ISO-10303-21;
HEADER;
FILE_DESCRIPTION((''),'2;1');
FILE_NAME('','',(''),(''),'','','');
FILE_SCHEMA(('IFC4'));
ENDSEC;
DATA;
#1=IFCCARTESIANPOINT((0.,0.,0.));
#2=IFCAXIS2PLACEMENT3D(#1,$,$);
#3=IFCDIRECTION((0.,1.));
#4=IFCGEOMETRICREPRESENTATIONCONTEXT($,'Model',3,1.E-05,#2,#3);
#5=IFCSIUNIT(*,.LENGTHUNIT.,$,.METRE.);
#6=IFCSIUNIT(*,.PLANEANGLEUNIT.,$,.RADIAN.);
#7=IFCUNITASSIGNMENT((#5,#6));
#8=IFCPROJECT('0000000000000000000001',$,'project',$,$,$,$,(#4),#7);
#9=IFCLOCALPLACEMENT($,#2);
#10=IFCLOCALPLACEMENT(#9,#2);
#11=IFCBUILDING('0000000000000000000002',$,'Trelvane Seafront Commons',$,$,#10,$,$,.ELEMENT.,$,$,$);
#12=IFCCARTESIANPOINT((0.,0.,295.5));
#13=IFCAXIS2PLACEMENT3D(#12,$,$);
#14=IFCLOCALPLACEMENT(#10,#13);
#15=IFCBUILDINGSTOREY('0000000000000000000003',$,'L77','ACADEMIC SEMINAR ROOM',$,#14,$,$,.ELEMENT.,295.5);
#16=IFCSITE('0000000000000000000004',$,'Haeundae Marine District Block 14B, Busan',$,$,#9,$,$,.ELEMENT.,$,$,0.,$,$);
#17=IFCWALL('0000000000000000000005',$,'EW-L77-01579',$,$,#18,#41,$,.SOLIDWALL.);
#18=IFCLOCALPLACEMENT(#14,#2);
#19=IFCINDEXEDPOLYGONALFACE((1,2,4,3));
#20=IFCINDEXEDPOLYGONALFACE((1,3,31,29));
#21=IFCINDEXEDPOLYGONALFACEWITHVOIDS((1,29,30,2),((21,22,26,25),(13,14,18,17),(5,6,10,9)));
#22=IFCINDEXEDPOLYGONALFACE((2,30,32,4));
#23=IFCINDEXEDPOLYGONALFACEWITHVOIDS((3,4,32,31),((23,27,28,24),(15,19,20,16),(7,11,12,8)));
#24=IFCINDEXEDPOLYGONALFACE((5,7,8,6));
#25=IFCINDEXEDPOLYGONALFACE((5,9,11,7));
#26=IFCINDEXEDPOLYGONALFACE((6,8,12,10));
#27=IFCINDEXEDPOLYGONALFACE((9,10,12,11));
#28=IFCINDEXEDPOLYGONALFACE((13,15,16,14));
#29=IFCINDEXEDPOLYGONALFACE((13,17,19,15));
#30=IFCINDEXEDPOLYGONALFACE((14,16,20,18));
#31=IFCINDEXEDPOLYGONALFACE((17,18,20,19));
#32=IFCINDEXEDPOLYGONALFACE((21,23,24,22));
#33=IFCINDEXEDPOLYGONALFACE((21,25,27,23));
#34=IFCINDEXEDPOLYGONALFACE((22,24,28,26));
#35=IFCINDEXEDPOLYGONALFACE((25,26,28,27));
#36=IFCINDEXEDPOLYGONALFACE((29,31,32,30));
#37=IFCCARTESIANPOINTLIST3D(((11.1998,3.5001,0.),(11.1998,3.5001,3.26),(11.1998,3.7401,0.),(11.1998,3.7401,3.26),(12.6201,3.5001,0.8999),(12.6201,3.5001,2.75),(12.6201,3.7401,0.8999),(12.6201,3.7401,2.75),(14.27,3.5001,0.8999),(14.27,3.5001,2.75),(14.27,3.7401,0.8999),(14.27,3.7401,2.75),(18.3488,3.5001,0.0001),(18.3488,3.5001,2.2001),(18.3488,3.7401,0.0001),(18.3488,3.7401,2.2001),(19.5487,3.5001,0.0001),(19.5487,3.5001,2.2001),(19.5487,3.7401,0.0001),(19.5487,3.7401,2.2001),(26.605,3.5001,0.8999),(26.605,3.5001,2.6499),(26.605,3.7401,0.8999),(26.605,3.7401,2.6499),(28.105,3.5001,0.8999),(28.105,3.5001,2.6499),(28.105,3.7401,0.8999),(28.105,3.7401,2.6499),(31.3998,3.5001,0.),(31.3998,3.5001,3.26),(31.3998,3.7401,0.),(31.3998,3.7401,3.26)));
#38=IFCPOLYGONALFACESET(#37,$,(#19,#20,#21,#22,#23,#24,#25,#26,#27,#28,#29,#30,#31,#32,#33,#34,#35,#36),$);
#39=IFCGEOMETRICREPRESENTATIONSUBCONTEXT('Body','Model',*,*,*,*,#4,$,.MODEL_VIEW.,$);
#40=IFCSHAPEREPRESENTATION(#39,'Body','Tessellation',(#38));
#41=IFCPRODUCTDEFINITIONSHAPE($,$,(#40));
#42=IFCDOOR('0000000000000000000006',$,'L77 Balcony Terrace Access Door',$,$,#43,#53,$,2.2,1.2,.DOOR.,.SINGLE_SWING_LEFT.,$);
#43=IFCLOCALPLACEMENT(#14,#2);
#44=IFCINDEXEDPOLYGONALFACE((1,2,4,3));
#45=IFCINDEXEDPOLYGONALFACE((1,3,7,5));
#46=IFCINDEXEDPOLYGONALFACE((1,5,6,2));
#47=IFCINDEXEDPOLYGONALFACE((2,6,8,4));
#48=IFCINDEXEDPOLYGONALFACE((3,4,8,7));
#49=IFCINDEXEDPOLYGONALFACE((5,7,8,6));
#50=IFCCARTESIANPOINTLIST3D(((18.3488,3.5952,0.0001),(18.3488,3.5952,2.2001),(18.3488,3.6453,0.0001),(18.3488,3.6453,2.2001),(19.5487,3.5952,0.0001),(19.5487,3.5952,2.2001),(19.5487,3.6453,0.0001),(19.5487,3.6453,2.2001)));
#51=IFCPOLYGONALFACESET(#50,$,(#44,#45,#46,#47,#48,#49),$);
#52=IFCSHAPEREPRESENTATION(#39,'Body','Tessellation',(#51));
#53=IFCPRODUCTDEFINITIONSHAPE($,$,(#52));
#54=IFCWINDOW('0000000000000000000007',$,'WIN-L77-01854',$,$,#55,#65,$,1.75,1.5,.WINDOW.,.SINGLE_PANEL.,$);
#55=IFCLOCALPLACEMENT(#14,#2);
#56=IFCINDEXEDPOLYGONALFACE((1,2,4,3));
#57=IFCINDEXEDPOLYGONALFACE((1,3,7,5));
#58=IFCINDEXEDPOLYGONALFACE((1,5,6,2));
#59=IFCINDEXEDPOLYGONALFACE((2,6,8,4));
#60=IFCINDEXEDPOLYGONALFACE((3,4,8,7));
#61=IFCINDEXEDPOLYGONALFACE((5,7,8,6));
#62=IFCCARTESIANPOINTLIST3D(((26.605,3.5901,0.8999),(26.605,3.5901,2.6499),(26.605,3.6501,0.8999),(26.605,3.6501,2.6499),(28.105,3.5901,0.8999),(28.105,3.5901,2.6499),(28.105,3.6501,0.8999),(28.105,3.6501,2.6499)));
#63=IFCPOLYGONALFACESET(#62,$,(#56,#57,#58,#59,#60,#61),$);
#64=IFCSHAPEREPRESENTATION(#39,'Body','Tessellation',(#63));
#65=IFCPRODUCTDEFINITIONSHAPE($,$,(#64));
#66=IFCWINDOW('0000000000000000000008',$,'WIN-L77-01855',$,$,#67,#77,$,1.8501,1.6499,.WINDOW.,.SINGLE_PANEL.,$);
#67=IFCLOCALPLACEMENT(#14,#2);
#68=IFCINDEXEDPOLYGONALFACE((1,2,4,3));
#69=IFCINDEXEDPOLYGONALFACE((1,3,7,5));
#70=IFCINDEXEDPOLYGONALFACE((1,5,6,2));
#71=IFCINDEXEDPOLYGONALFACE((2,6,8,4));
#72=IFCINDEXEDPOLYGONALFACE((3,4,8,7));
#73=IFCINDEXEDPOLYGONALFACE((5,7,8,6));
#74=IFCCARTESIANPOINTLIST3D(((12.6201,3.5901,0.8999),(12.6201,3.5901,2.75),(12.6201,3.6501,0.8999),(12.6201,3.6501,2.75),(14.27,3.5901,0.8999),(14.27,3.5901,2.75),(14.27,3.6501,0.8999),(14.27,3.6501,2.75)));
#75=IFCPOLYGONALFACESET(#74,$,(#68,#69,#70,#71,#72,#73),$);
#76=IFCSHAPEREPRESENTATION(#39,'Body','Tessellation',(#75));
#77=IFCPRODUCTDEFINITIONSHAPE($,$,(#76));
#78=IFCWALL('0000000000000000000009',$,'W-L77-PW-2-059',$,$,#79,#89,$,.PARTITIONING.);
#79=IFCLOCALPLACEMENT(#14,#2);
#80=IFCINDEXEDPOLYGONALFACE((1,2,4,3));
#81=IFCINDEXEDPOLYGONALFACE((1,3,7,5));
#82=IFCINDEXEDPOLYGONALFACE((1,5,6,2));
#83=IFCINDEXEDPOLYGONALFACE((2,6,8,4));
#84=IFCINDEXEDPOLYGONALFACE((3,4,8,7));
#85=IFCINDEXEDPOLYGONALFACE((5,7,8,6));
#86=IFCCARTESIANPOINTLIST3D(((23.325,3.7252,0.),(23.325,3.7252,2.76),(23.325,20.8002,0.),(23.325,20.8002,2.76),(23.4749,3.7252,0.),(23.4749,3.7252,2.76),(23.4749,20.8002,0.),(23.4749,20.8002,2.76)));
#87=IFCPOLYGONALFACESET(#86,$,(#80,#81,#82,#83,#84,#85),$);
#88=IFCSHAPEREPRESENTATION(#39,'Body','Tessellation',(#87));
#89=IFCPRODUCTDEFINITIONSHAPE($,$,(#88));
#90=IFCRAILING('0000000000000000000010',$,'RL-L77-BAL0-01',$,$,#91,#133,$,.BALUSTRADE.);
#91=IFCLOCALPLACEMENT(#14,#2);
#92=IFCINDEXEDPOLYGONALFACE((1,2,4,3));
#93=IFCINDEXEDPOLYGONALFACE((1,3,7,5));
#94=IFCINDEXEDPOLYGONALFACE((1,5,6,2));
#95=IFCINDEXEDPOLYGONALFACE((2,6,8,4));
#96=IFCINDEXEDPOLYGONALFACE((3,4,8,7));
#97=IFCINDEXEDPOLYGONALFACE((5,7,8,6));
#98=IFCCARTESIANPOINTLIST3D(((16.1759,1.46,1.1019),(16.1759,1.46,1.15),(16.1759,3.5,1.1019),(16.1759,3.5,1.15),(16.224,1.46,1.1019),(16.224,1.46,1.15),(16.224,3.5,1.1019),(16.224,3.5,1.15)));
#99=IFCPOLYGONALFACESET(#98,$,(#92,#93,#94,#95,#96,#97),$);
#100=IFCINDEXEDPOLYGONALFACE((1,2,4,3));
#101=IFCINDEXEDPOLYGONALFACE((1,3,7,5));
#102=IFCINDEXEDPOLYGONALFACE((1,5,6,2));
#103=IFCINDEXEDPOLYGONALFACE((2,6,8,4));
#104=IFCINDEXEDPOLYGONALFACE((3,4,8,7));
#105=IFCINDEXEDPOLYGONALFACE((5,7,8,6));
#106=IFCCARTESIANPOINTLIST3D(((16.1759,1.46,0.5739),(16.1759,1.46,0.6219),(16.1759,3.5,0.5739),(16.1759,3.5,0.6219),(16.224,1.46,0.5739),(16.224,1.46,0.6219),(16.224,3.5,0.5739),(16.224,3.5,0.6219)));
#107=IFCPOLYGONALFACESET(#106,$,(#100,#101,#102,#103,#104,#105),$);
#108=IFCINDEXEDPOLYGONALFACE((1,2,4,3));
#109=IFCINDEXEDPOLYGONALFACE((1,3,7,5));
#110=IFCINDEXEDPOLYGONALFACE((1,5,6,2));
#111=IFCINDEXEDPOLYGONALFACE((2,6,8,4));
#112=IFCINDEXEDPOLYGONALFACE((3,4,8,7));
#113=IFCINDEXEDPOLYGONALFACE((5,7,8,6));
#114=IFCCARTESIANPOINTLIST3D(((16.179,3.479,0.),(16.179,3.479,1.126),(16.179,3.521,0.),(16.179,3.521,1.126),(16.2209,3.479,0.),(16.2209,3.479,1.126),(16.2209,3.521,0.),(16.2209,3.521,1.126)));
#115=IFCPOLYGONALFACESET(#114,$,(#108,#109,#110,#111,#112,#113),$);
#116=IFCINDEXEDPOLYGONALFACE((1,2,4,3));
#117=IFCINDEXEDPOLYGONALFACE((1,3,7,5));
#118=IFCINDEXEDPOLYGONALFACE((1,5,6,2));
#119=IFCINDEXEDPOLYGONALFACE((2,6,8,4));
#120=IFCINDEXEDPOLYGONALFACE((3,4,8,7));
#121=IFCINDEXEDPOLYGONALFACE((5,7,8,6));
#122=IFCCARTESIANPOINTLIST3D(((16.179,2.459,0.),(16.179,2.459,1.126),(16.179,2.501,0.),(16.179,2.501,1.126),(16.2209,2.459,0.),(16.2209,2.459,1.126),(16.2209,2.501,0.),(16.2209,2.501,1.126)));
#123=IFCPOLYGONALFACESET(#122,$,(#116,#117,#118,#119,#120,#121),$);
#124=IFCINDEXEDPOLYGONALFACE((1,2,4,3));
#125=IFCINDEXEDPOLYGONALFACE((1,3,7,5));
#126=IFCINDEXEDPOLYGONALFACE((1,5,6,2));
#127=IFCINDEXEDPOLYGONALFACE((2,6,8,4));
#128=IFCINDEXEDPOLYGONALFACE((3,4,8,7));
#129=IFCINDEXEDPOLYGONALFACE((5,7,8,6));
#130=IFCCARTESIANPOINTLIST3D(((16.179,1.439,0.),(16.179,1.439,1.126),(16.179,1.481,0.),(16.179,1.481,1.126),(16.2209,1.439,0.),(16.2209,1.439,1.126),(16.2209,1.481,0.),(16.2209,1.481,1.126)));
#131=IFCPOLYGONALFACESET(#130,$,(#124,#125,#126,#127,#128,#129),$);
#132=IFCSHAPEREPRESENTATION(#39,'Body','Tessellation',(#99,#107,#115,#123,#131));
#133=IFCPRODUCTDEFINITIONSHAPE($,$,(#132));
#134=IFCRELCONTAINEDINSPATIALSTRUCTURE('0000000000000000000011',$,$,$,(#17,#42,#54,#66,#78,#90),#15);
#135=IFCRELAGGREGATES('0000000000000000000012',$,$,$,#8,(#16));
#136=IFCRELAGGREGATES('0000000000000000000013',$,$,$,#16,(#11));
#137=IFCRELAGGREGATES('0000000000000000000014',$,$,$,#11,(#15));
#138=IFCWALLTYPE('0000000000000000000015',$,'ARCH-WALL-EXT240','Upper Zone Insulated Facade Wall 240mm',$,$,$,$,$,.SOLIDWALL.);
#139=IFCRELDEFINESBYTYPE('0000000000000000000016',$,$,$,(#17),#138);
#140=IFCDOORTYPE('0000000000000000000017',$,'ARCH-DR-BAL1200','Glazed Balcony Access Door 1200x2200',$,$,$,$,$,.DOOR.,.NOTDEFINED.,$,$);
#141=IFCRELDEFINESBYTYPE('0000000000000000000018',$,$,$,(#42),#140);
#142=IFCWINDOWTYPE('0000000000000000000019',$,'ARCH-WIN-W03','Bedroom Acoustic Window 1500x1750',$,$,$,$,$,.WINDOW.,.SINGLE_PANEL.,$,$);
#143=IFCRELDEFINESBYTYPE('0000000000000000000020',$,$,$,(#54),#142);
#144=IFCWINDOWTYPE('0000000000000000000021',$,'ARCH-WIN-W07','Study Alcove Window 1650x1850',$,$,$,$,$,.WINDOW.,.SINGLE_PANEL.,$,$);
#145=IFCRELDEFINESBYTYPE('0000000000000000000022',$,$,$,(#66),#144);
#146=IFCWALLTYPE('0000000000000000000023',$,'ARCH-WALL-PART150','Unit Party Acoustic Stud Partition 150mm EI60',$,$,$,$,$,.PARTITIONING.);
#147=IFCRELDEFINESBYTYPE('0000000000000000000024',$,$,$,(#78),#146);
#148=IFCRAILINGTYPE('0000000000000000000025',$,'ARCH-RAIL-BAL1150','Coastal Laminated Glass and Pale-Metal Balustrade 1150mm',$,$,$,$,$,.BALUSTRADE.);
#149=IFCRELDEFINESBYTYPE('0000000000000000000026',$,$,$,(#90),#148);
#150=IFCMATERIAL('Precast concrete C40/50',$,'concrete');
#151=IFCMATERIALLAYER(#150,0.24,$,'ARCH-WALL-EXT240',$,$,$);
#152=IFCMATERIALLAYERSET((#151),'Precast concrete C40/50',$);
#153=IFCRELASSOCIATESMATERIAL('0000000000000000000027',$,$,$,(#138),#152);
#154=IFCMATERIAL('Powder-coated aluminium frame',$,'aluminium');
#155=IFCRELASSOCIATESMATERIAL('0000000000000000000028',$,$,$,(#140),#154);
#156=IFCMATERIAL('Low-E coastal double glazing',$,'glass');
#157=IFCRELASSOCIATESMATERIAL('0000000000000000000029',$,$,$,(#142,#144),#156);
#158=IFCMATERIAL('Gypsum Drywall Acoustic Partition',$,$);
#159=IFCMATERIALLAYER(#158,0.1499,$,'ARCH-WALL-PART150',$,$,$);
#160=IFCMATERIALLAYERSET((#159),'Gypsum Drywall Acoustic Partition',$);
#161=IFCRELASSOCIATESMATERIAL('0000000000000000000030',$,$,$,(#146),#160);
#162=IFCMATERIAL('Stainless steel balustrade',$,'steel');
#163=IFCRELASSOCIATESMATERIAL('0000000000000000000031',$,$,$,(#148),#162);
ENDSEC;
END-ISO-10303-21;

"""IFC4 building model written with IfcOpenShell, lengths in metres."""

from ifc_helpers import new_model, si_unit, direction, frame, frame_2d, origin, origin_2d, place, context, subcontext, project, spatial, rectangle, extrude, source, transform, mapped, material, layer, layer_set, type_object, element, fill, save


model = new_model("IFC4")

# Units and contexts
model_context = context("Model", 3, precision=1e-05, world=origin(), true_north=direction((0.0, 1.0)))
body_context = subcontext(model_context, "Body", "Model", "MODEL_VIEW")
ifc_project = project(units=[si_unit("LENGTHUNIT", "METRE"), si_unit("PLANEANGLEUNIT", "RADIAN")], contexts=[model_context])

# Site, building, storey
site_placement = place(None, origin())
site = spatial("IfcSite", under=ifc_project, at=site_placement, Name="Haeundae Marine District Block 14B, Busan", CompositionType="ELEMENT", RefElevation=0.0)
building_placement = place(site_placement, origin())
building = spatial("IfcBuilding", under=site, at=building_placement, Name="Trelvane Seafront Commons", CompositionType="ELEMENT")
storey_placement = place(building_placement, frame((0.0, 0.0, 295.5)))
storey = spatial("IfcBuildingStorey", under=building, at=storey_placement, Name="L77", Description="ACADEMIC SEMINAR ROOM", CompositionType="ELEMENT", Elevation=295.5)

# Shared definitions
ifc_material_1 = material(Name="Low-E coastal double glazing", Category="glass")

# Wall, openings, door, windows
ifc_material_2 = material(Name="Precast concrete C40/50", Category="concrete")
ifc_layer_1 = layer(ifc_material_2, 0.24, Name="ARCH-WALL-EXT240")
ifc_layer_set_1 = layer_set([ifc_layer_1], Name="Precast concrete C40/50")
wall_type_1 = type_object("IfcWallType", Name="ARCH-WALL-EXT240", Description="Upper Zone Insulated Facade Wall 240mm", PredefinedType="SOLIDWALL", material=ifc_layer_set_1)
wall_1_placement = place(storey_placement, frame((31.3999, 3.6201, 0.0), z_axis=(0.0, 0.0, 1.0), x_axis=(-1.0, 0.0, 0.0)))
wall_1 = element("IfcWall", 1, at=wall_1_placement, inside=storey, type_object=wall_type_1, Name="EW-L77-01579", PredefinedType="SOLIDWALL", context=body_context, shape_type="SweptSolid", body=[
    extrude(rectangle(XDim=20.2, YDim=0.24, at=frame_2d((10.1001, 0.0))), origin(), (0.0, 0.0, 1.0), 3.26),
])
opening_1_placement = place(wall_1_placement, frame((3.2949, 0.0, 0.8999)))
opening_1 = element("IfcOpeningElement", 2, at=opening_1_placement, cuts=wall_1, PredefinedType="OPENING", context=body_context, shape_type="SweptSolid", body=[
    extrude(rectangle(XDim=1.5, YDim=1.75, at=frame_2d((0.75, 0.875))), frame((0.0, 0.1299, 0.0), z_axis=(0.0, -1.0, 0.0), x_axis=(1.0, 0.0, 0.0)), (0.0, 0.0, 1.0), 0.26),
])
opening_2_placement = place(wall_1_placement, frame((11.8511, 0.0, 0.0)))
opening_2 = element("IfcOpeningElement", 3, at=opening_2_placement, cuts=wall_1, PredefinedType="OPENING", context=body_context, shape_type="SweptSolid", body=[
    extrude(rectangle(XDim=1.2, YDim=2.2, at=frame_2d((0.6001, 1.1001))), frame((0.0, 0.1299, 0.0), z_axis=(0.0, -1.0, 0.0), x_axis=(1.0, 0.0, 0.0)), (0.0, 0.0, 1.0), 0.26),
])
opening_3_placement = place(wall_1_placement, frame((17.1299, 0.0, 0.8999)))
opening_3 = element("IfcOpeningElement", 4, at=opening_3_placement, cuts=wall_1, PredefinedType="OPENING", context=body_context, shape_type="SweptSolid", body=[
    extrude(rectangle(XDim=1.6499, YDim=1.8501, at=frame_2d((0.825, 0.925))), frame((0.0, 0.1299, 0.0), z_axis=(0.0, -1.0, 0.0), x_axis=(1.0, 0.0, 0.0)), (0.0, 0.0, 1.0), 0.26),
])
ifc_material_3 = material(Name="Powder-coated aluminium frame", Category="aluminium")
door_type = type_object("IfcDoorType", Name="ARCH-DR-BAL1200", Description="Glazed Balcony Access Door 1200x2200", OperationType="NOTDEFINED", PredefinedType="DOOR", material=ifc_material_3)
shared_shape_1 = source(origin(), body_context, "Body", "SweptSolid", [
    extrude(rectangle(XDim=1.2, YDim=2.2, at=frame_2d((0.6001, 1.1001))), frame((0.0, 0.0249, 0.0), z_axis=(0.0, -1.0, 0.0), x_axis=(1.0, 0.0, 0.0)), (0.0, 0.0, 1.0), 0.05),
])
door_placement = place(opening_2_placement, origin())
door = element("IfcDoor", 5, at=door_placement, inside=storey, type_object=door_type, Name="L77 Balcony Terrace Access Door", OperationType="SINGLE_SWING_LEFT", OverallHeight=2.2, OverallWidth=1.2, PredefinedType="DOOR", context=body_context, shape_type="MappedRepresentation", body=[
    mapped(shared_shape_1, transform((0.0, 0.0, 0.0), x_axis=(1.0, 0.0, 0.0), y_axis=(0.0, 1.0, 0.0), z_axis=(0.0, 0.0, 1.0), scale=1.0)),
])
fill(opening_2, door)
window_type_1 = type_object("IfcWindowType", Name="ARCH-WIN-W03", Description="Bedroom Acoustic Window 1500x1750", PartitioningType="SINGLE_PANEL", PredefinedType="WINDOW", material=ifc_material_1)
shared_shape_2 = source(origin(), body_context, "Body", "SweptSolid", [
    extrude(rectangle(XDim=1.5, YDim=1.75, at=frame_2d((0.75, 0.875))), frame((0.0, 0.03, 0.0), z_axis=(0.0, -1.0, 0.0), x_axis=(1.0, 0.0, 0.0)), (0.0, 0.0, 1.0), 0.0601),
])
window_1_placement = place(opening_1_placement, origin())
window_1 = element("IfcWindow", 6, at=window_1_placement, inside=storey, type_object=window_type_1, Name="WIN-L77-01854", OverallHeight=1.75, OverallWidth=1.5, PartitioningType="SINGLE_PANEL", PredefinedType="WINDOW", context=body_context, shape_type="MappedRepresentation", body=[
    mapped(shared_shape_2, transform((0.0, 0.0, 0.0), x_axis=(1.0, 0.0, 0.0), y_axis=(0.0, 1.0, 0.0), z_axis=(0.0, 0.0, 1.0), scale=1.0)),
])
fill(opening_1, window_1)
window_type_2 = type_object("IfcWindowType", Name="ARCH-WIN-W07", Description="Study Alcove Window 1650x1850", PartitioningType="SINGLE_PANEL", PredefinedType="WINDOW", material=ifc_material_1)
shared_shape_3 = source(origin(), body_context, "Body", "SweptSolid", [
    extrude(rectangle(XDim=1.6499, YDim=1.8501, at=frame_2d((0.825, 0.925))), frame((0.0, 0.03, 0.0), z_axis=(0.0, -1.0, 0.0), x_axis=(1.0, 0.0, 0.0)), (0.0, 0.0, 1.0), 0.0601),
])
window_2_placement = place(opening_3_placement, origin())
window_2 = element("IfcWindow", 7, at=window_2_placement, inside=storey, type_object=window_type_2, Name="WIN-L77-01855", OverallHeight=1.8501, OverallWidth=1.6499, PartitioningType="SINGLE_PANEL", PredefinedType="WINDOW", context=body_context, shape_type="MappedRepresentation", body=[
    mapped(shared_shape_3, transform((0.0, 0.0, 0.0), x_axis=(1.0, 0.0, 0.0), y_axis=(0.0, 1.0, 0.0), z_axis=(0.0, 0.0, 1.0), scale=1.0)),
])
fill(opening_3, window_2)

# Wall
ifc_material_4 = material(Name="Gypsum Drywall Acoustic Partition")
ifc_layer_2 = layer(ifc_material_4, 0.1499, Name="ARCH-WALL-PART150")
ifc_layer_set_2 = layer_set([ifc_layer_2], Name="Gypsum Drywall Acoustic Partition")
wall_type_2 = type_object("IfcWallType", Name="ARCH-WALL-PART150", Description="Unit Party Acoustic Stud Partition 150mm EI60", PredefinedType="PARTITIONING", material=ifc_layer_set_2)
wall_2_placement = place(storey_placement, frame((23.3999, 3.7251, 0.0), z_axis=(0.0, 0.0, 1.0), x_axis=(0.0, 1.0, 0.0)))
element("IfcWall", 8, at=wall_2_placement, inside=storey, type_object=wall_type_2, Name="W-L77-PW-2-059", PredefinedType="PARTITIONING", context=body_context, shape_type="SweptSolid", body=[
    extrude(rectangle(XDim=17.075, YDim=0.1499, at=frame_2d((8.5376, 0.0))), origin(), (0.0, 0.0, 1.0), 2.76),
])

# Railing
ifc_material_5 = material(Name="Stainless steel balustrade", Category="steel")
railing_type = type_object("IfcRailingType", Name="ARCH-RAIL-BAL1150", Description="Coastal Laminated Glass and Pale-Metal Balustrade 1150mm", PredefinedType="BALUSTRADE", material=ifc_material_5)
railing_1_placement = place(storey_placement, frame((16.2, 3.5, 0.0)))
element("IfcRailing", 9, at=railing_1_placement, inside=storey, type_object=railing_type, Name="RL-L77-BAL0-01", PredefinedType="BALUSTRADE", context=body_context, shape_type="SweptSolid", body=[
    extrude(rectangle(XDim=0.0481, YDim=0.0481, at=origin_2d()), frame((0.0, 0.0, 1.126), z_axis=(0.0, -1.0, 0.0), x_axis=(1.0, 0.0, 0.0)), (0.0, 0.0, 1.0), 2.04),
    extrude(rectangle(XDim=0.0481, YDim=0.0481, at=origin_2d()), frame((0.0, 0.0, 0.5979), z_axis=(0.0, -1.0, 0.0), x_axis=(1.0, 0.0, 0.0)), (0.0, 0.0, 1.0), 2.04),
    extrude(rectangle(XDim=0.042, YDim=0.042, at=origin_2d()), origin(), (0.0, 0.0, 1.0), 1.126),
    extrude(rectangle(XDim=0.042, YDim=0.042, at=origin_2d()), frame((0.0, -1.02, 0.0)), (0.0, 0.0, 1.0), 1.126),
    extrude(rectangle(XDim=0.042, YDim=0.042, at=origin_2d()), frame((0.0, -2.04, 0.0)), (0.0, 0.0, 1.0), 1.126),
])

save(model, "model.ifc")
